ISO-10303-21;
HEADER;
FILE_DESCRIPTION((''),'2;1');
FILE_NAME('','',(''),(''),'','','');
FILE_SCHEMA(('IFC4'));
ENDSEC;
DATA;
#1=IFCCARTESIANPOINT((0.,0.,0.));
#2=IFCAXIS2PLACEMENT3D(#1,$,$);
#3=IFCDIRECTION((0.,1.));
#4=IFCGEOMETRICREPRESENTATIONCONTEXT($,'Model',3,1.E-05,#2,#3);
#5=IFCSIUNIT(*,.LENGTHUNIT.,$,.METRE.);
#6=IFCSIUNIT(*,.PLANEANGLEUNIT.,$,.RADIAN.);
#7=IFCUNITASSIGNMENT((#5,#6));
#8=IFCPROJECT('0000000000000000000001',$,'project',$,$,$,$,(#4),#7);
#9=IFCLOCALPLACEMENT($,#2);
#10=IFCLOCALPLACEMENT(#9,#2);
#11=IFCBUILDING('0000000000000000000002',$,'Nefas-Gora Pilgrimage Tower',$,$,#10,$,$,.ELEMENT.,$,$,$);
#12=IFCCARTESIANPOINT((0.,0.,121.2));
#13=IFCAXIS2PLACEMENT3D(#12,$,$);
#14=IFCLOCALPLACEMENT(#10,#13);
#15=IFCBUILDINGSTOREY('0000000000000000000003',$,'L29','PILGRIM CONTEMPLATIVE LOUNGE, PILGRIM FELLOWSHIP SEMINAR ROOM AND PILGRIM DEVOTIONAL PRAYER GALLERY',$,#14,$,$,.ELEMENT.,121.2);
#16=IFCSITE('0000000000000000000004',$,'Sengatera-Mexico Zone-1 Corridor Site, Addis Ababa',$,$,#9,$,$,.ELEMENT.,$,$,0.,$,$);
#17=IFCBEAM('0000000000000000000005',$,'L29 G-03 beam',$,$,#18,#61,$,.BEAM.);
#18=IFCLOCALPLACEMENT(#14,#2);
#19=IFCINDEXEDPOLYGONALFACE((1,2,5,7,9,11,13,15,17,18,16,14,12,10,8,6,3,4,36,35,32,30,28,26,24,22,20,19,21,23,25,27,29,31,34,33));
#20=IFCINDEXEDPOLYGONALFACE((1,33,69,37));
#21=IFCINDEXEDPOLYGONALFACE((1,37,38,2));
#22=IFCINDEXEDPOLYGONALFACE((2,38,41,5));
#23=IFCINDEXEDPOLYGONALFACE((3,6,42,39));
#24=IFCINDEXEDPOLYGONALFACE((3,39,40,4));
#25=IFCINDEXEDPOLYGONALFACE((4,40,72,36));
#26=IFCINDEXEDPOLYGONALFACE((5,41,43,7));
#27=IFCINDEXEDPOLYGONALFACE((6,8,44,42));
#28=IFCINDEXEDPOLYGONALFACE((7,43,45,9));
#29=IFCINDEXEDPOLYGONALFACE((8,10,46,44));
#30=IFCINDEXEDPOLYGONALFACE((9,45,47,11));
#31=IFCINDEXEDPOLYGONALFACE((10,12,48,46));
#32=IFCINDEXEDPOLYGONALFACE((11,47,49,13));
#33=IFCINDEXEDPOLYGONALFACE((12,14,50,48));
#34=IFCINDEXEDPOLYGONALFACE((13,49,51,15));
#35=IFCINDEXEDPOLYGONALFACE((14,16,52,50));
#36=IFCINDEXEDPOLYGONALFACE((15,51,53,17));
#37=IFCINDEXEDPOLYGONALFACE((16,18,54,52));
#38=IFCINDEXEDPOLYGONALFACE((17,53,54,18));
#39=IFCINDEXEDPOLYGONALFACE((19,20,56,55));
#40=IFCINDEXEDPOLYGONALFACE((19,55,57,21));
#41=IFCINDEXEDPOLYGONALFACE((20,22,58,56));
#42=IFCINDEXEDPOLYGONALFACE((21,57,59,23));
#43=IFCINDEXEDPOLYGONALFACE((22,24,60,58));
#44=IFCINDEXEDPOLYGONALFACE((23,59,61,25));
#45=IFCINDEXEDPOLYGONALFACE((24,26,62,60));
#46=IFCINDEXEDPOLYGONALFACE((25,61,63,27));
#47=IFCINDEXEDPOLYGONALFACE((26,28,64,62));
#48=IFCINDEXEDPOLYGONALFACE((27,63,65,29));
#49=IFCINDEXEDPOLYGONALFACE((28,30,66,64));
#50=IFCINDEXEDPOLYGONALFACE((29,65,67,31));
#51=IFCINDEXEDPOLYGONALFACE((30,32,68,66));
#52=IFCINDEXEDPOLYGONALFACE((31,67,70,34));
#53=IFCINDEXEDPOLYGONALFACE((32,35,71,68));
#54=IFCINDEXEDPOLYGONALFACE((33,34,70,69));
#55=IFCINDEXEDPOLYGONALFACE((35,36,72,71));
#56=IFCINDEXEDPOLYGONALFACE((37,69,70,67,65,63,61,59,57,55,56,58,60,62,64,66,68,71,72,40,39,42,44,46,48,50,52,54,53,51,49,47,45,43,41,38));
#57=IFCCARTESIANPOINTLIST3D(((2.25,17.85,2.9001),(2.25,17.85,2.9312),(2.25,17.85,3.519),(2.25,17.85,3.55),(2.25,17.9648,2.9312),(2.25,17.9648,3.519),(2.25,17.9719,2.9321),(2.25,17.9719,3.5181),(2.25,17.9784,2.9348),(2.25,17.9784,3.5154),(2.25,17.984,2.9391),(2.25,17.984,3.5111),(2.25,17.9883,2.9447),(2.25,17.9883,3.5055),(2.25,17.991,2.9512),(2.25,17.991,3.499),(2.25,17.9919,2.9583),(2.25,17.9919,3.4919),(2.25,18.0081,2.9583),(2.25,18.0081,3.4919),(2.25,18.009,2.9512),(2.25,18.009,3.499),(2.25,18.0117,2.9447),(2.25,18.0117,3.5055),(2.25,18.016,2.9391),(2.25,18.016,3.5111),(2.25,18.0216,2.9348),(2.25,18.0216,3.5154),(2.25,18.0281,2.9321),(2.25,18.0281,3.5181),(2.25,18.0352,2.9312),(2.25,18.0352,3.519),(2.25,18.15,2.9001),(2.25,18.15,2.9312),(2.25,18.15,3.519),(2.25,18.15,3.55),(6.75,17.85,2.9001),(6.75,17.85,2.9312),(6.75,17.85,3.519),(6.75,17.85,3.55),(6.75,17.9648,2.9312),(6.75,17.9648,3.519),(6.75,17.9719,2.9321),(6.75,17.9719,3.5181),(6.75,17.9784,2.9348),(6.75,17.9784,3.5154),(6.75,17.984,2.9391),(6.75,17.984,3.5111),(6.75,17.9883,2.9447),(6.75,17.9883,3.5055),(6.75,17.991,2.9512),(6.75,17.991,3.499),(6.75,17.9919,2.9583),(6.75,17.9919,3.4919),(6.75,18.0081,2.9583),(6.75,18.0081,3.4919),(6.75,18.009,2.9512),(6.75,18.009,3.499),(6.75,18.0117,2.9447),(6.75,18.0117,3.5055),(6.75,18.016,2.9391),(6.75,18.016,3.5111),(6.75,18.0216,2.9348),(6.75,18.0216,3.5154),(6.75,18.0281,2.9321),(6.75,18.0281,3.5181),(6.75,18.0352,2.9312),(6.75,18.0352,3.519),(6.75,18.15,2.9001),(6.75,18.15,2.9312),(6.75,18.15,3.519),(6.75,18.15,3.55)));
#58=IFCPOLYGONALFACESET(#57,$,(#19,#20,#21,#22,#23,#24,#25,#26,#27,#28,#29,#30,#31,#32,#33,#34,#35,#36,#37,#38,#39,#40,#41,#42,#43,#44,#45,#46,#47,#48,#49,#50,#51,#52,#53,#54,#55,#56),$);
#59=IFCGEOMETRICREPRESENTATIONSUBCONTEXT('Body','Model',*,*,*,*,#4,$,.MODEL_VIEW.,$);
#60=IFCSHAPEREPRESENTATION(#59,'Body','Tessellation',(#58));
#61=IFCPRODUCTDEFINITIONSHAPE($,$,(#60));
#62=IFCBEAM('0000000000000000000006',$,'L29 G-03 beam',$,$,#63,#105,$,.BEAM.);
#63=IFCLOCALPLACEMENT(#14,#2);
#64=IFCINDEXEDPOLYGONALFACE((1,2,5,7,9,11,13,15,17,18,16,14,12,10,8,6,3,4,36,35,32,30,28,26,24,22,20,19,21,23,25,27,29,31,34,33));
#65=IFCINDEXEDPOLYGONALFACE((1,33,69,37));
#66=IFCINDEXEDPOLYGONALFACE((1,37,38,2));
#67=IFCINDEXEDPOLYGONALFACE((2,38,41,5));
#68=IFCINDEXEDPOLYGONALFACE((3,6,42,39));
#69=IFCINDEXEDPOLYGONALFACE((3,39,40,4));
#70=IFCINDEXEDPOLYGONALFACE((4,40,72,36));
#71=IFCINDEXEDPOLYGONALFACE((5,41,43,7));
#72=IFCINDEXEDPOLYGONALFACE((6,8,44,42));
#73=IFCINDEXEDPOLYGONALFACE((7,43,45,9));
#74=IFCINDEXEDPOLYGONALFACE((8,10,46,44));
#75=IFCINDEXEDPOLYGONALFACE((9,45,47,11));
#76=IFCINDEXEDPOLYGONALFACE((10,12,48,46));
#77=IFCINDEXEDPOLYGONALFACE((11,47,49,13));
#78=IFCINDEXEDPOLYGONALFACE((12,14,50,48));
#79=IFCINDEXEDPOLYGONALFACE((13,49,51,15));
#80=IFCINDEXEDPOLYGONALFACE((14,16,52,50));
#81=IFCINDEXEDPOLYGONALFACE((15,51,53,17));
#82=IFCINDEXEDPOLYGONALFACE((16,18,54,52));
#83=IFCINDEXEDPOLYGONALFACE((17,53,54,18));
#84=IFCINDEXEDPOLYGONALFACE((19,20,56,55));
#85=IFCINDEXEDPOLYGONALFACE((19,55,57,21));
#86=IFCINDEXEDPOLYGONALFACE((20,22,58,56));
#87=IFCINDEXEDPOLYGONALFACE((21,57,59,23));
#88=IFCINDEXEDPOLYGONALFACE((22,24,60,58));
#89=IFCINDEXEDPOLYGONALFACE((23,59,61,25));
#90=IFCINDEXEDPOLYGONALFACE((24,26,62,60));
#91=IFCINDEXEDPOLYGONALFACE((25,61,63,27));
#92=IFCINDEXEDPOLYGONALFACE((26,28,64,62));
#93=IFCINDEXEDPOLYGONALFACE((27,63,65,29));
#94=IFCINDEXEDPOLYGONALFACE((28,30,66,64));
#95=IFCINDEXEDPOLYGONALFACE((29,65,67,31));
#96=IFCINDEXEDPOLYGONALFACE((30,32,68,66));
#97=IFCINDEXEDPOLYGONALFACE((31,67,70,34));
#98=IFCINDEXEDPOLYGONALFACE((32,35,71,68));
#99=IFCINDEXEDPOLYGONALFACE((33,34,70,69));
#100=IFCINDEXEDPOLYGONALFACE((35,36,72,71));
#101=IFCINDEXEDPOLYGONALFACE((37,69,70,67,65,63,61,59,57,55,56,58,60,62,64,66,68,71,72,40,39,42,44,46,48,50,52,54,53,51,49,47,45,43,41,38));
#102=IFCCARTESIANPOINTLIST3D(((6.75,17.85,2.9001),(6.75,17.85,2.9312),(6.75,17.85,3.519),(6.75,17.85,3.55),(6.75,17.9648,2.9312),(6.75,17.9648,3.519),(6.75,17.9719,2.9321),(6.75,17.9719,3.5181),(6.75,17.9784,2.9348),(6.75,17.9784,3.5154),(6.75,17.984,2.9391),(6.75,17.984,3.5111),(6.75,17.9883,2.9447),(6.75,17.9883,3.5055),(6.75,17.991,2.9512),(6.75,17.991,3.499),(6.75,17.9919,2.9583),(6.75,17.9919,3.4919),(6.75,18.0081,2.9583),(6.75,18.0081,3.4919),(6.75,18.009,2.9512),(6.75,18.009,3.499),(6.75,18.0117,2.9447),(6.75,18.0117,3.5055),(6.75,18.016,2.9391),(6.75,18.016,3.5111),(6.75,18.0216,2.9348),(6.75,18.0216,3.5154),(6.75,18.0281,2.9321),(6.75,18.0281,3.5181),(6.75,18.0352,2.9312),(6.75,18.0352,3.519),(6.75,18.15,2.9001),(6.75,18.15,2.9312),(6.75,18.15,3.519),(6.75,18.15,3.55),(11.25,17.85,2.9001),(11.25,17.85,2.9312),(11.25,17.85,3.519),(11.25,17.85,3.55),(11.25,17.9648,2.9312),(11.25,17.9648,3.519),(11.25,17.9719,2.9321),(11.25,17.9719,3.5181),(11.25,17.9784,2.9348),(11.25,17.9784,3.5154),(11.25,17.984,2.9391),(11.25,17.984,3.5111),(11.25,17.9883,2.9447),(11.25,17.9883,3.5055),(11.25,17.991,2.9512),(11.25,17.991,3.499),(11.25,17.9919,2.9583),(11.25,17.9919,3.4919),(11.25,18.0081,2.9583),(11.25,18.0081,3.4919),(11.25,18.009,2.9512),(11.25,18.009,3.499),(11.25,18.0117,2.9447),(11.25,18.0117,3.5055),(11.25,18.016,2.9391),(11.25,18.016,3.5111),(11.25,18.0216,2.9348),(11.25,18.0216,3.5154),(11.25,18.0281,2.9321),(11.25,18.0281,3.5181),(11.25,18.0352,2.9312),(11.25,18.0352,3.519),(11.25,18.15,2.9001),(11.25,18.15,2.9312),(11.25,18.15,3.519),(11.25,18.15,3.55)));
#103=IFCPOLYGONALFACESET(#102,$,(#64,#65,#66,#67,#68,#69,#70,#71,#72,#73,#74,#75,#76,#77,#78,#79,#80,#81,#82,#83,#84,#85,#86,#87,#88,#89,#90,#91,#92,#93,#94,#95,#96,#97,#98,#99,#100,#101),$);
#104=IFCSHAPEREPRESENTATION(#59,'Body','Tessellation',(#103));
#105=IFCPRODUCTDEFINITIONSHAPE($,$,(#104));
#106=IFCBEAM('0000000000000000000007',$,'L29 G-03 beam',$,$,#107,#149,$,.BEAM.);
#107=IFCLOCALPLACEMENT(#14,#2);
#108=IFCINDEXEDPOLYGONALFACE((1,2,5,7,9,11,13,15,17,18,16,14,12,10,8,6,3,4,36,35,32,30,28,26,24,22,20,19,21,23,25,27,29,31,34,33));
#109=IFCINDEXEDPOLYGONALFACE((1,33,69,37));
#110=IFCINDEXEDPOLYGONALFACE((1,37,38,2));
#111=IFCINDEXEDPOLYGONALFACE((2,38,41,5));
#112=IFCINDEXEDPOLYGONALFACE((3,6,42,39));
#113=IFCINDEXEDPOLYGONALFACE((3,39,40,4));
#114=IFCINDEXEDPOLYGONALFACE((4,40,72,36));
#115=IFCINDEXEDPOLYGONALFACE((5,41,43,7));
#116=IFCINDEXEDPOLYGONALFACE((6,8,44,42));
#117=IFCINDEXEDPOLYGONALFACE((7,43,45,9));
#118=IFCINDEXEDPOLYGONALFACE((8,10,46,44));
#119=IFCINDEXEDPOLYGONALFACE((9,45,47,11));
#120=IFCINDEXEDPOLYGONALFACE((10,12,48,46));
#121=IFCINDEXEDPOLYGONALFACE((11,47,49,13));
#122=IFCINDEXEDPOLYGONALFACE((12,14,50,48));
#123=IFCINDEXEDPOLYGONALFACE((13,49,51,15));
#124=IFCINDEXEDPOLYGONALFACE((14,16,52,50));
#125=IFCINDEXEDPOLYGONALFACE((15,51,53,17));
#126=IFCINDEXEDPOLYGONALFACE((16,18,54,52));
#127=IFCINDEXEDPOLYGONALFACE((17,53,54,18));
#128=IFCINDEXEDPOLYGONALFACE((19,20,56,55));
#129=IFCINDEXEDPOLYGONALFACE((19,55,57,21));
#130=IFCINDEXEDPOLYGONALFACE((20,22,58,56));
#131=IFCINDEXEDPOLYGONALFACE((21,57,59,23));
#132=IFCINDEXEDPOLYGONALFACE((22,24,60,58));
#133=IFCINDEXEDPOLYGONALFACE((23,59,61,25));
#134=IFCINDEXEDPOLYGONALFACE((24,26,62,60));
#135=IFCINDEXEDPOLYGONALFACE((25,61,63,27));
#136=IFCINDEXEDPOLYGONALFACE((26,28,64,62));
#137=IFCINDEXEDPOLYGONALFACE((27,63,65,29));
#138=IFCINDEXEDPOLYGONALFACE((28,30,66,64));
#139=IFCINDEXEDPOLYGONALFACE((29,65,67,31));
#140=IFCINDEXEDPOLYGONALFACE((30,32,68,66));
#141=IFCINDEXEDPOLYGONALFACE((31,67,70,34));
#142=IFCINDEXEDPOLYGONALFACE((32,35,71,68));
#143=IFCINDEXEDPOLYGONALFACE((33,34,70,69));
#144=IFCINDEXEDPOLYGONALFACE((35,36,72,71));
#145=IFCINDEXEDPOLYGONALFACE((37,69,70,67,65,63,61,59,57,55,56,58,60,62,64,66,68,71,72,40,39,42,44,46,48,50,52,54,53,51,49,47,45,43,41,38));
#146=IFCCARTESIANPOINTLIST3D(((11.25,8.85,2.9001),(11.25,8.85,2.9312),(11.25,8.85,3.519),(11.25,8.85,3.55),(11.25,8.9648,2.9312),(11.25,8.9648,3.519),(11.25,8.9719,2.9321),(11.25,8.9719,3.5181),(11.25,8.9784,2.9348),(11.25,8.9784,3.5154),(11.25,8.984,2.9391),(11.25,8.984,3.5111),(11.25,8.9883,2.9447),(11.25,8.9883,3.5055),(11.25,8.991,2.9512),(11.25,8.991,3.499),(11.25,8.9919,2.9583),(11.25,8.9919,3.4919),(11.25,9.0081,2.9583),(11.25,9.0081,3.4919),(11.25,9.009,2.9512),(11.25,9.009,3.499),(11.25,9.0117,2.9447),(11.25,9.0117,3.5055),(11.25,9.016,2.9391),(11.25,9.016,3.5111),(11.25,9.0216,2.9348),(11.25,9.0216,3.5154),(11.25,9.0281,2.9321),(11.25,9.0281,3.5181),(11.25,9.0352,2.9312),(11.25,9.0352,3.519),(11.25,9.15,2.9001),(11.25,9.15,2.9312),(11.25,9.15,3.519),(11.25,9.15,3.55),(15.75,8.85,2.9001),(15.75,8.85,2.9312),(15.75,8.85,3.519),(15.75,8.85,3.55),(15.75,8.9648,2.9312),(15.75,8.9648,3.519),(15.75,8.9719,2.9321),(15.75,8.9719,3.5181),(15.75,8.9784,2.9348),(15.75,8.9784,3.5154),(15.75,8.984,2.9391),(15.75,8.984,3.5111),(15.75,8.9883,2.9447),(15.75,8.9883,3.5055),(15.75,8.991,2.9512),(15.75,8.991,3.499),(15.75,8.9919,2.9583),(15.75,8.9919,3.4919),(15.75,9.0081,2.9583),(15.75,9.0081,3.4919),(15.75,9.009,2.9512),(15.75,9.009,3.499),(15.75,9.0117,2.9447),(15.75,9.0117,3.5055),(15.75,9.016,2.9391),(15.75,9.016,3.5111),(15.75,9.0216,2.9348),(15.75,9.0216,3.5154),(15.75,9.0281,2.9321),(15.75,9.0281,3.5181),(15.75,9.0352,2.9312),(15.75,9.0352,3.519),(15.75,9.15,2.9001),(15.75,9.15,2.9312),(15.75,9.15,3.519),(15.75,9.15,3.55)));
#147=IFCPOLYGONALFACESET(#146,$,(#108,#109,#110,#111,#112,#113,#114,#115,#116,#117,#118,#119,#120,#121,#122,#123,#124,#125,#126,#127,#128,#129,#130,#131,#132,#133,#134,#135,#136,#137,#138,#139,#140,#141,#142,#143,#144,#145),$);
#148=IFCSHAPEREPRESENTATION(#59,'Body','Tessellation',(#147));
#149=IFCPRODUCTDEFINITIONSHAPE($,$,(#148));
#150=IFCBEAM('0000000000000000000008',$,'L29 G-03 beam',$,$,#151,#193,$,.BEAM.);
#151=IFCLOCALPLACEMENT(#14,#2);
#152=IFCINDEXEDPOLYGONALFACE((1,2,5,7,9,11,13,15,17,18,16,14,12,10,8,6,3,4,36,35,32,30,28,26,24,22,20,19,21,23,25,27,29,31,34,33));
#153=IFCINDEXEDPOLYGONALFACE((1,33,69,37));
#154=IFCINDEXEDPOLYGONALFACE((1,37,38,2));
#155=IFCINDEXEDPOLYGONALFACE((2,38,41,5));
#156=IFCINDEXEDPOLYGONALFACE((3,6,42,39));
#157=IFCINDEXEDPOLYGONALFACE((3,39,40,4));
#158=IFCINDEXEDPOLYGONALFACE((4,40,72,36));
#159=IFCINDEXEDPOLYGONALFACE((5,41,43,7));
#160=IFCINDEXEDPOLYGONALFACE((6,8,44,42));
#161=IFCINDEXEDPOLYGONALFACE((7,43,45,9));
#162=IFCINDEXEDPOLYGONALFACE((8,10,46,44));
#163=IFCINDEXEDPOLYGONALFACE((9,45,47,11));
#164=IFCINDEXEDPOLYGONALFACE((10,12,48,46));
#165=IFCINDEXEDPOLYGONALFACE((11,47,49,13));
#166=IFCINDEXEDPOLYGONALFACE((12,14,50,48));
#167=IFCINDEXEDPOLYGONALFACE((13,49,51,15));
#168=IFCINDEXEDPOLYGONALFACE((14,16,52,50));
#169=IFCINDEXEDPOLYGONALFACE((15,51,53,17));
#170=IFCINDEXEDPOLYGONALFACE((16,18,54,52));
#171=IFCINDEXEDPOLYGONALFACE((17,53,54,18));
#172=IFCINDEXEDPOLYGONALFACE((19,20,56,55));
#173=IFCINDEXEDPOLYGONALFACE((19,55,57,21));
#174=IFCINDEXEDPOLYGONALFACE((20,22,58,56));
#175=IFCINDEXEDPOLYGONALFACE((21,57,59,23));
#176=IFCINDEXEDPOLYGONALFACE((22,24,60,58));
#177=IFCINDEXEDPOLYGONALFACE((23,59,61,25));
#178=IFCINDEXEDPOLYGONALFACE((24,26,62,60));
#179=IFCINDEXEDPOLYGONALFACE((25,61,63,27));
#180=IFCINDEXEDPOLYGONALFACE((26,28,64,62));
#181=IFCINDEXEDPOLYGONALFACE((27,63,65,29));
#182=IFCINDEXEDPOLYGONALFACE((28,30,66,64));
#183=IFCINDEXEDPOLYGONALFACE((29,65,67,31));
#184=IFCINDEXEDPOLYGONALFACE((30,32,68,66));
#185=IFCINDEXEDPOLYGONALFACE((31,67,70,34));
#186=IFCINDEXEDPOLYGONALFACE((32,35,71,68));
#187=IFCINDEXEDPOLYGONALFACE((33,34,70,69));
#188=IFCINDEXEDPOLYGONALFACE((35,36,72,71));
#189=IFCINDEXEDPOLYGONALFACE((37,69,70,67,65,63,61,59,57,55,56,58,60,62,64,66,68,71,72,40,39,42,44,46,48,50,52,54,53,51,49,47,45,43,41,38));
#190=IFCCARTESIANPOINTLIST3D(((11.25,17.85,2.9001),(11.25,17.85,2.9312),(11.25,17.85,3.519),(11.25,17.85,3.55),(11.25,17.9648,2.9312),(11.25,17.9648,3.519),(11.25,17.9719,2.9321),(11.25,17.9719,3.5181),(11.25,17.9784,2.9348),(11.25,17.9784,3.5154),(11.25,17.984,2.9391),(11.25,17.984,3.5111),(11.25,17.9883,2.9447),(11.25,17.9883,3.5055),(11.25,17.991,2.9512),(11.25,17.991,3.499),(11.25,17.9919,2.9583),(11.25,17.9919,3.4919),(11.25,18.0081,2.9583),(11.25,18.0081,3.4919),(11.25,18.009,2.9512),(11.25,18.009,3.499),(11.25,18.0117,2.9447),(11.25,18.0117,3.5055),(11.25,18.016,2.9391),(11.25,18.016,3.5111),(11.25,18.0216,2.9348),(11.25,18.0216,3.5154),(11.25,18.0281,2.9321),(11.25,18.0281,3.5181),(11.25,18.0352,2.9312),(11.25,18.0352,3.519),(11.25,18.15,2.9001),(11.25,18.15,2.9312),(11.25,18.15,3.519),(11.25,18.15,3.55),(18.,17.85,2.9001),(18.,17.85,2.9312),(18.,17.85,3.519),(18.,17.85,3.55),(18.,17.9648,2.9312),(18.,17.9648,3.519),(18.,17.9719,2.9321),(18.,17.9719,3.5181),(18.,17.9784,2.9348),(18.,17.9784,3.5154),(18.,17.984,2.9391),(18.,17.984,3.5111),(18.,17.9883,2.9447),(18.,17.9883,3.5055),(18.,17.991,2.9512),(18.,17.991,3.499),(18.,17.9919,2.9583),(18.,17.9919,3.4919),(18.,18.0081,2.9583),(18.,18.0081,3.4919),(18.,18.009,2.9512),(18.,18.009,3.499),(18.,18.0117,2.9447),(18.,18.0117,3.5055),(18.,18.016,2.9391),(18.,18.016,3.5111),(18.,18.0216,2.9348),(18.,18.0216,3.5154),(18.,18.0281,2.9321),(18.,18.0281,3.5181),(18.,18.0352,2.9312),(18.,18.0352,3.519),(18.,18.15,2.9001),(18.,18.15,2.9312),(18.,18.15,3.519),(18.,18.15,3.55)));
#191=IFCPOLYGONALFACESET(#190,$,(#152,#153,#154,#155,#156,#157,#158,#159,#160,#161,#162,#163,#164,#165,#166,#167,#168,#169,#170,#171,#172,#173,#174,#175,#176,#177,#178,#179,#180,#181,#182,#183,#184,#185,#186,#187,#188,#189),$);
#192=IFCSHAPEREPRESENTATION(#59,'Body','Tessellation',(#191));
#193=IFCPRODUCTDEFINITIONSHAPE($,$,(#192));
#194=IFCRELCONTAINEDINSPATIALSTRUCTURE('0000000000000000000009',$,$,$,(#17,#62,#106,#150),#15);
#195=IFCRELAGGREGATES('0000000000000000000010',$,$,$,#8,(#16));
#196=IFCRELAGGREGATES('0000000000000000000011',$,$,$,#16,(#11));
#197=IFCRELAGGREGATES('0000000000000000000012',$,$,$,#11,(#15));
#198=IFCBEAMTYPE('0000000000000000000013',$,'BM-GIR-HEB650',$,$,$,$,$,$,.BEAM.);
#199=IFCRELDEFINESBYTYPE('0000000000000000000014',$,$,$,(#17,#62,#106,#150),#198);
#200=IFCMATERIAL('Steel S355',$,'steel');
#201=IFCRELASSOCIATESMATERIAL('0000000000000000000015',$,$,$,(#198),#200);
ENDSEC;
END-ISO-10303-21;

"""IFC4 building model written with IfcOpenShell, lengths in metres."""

from ifc_helpers import new_model, si_unit, direction, frame, origin, origin_2d, place, context, subcontext, project, spatial, i_section, extrude, source, transform, mapped, material, material_profile, profile_set, type_object, element, save


model = new_model("IFC4")

# Units and contexts
model_context = context("Model", 3, precision=1e-05, world=origin(), true_north=direction((0.0, 1.0)))
body_context = subcontext(model_context, "Body", "Model", "MODEL_VIEW")
ifc_project = project(units=[si_unit("LENGTHUNIT", "METRE"), si_unit("PLANEANGLEUNIT", "RADIAN")], contexts=[model_context])

# Site, building, storey
site_placement = place(None, origin())
site = spatial("IfcSite", under=ifc_project, at=site_placement, Name="Sengatera-Mexico Zone-1 Corridor Site, Addis Ababa", CompositionType="ELEMENT", RefElevation=0.0)
building_placement = place(site_placement, origin())
building = spatial("IfcBuilding", under=site, at=building_placement, Name="Nefas-Gora Pilgrimage Tower", CompositionType="ELEMENT")
storey_placement = place(building_placement, frame((0.0, 0.0, 121.2)))
storey = spatial("IfcBuildingStorey", under=building, at=storey_placement, Name="L29", Description="PILGRIM CONTEMPLATIVE LOUNGE, PILGRIM FELLOWSHIP SEMINAR ROOM AND PILGRIM DEVOTIONAL PRAYER GALLERY", CompositionType="ELEMENT", Elevation=121.2)

# Beams
ifc_material_1 = material(Name="Steel S355", Category="steel")
ifc_material_profile_1 = material_profile(ifc_material_1, i_section(OverallWidth=0.3, OverallDepth=0.6499, WebThickness=0.0161, FlangeThickness=0.031, FilletRadius=0.0271, at=origin_2d()), Name="HEB 650")
ifc_profile_set_1 = profile_set([ifc_material_profile_1], Name="Steel S355")
beam_type_1 = type_object("IfcBeamType", Name="BM-GIR-HEB650", PredefinedType="BEAM", material=ifc_profile_set_1)
shared_shape_1 = source(origin(), body_context, "Body", "SweptSolid", [
    extrude(i_section(OverallWidth=0.3, OverallDepth=0.6499, WebThickness=0.0161, FlangeThickness=0.031, FilletRadius=0.0271, at=origin_2d()), origin(), (0.0, 0.0, 1.0), 4.5),
])
for number, where, z_axis, x_axis, name in (
    (1, (2.25, 18.0, 3.2251), (1.0, 0.0, 0.0), (0.0, 1.0, 0.0), "L29 G-03 beam"),
    (2, (6.75, 18.0, 3.2251), (1.0, 0.0, 0.0), (0.0, 1.0, 0.0), "L29 G-03 beam"),
    (3, (11.25, 9.0, 3.2251), (1.0, 0.0, 0.0), (0.0, 1.0, 0.0), "L29 G-03 beam"),
):
    element("IfcBeam", number, at=place(storey_placement, frame(where, z_axis=z_axis, x_axis=x_axis)), inside=storey, type_object=beam_type_1, Name=name, PredefinedType="BEAM", context=body_context, shape_type="MappedRepresentation", body=[
        mapped(shared_shape_1, transform((0.0, 0.0, 0.0), x_axis=(1.0, 0.0, 0.0), y_axis=(0.0, 1.0, 0.0), z_axis=(0.0, 0.0, 1.0), scale=1.0)),
    ])
shared_shape_2 = source(origin(), body_context, "Body", "SweptSolid", [
    extrude(i_section(OverallWidth=0.3, OverallDepth=0.6499, WebThickness=0.0161, FlangeThickness=0.031, FilletRadius=0.0271, at=origin_2d()), origin(), (0.0, 0.0, 1.0), 6.75),
])
beam_1_placement = place(storey_placement, frame((11.25, 18.0, 3.2251), z_axis=(1.0, 0.0, 0.0), x_axis=(0.0, 1.0, 0.0)))
element("IfcBeam", 4, at=beam_1_placement, inside=storey, type_object=beam_type_1, Name="L29 G-03 beam", PredefinedType="BEAM", context=body_context, shape_type="MappedRepresentation", body=[
    mapped(shared_shape_2, transform((0.0, 0.0, 0.0), x_axis=(1.0, 0.0, 0.0), y_axis=(0.0, 1.0, 0.0), z_axis=(0.0, 0.0, 1.0), scale=1.0)),
])

save(model, "model.ifc")
